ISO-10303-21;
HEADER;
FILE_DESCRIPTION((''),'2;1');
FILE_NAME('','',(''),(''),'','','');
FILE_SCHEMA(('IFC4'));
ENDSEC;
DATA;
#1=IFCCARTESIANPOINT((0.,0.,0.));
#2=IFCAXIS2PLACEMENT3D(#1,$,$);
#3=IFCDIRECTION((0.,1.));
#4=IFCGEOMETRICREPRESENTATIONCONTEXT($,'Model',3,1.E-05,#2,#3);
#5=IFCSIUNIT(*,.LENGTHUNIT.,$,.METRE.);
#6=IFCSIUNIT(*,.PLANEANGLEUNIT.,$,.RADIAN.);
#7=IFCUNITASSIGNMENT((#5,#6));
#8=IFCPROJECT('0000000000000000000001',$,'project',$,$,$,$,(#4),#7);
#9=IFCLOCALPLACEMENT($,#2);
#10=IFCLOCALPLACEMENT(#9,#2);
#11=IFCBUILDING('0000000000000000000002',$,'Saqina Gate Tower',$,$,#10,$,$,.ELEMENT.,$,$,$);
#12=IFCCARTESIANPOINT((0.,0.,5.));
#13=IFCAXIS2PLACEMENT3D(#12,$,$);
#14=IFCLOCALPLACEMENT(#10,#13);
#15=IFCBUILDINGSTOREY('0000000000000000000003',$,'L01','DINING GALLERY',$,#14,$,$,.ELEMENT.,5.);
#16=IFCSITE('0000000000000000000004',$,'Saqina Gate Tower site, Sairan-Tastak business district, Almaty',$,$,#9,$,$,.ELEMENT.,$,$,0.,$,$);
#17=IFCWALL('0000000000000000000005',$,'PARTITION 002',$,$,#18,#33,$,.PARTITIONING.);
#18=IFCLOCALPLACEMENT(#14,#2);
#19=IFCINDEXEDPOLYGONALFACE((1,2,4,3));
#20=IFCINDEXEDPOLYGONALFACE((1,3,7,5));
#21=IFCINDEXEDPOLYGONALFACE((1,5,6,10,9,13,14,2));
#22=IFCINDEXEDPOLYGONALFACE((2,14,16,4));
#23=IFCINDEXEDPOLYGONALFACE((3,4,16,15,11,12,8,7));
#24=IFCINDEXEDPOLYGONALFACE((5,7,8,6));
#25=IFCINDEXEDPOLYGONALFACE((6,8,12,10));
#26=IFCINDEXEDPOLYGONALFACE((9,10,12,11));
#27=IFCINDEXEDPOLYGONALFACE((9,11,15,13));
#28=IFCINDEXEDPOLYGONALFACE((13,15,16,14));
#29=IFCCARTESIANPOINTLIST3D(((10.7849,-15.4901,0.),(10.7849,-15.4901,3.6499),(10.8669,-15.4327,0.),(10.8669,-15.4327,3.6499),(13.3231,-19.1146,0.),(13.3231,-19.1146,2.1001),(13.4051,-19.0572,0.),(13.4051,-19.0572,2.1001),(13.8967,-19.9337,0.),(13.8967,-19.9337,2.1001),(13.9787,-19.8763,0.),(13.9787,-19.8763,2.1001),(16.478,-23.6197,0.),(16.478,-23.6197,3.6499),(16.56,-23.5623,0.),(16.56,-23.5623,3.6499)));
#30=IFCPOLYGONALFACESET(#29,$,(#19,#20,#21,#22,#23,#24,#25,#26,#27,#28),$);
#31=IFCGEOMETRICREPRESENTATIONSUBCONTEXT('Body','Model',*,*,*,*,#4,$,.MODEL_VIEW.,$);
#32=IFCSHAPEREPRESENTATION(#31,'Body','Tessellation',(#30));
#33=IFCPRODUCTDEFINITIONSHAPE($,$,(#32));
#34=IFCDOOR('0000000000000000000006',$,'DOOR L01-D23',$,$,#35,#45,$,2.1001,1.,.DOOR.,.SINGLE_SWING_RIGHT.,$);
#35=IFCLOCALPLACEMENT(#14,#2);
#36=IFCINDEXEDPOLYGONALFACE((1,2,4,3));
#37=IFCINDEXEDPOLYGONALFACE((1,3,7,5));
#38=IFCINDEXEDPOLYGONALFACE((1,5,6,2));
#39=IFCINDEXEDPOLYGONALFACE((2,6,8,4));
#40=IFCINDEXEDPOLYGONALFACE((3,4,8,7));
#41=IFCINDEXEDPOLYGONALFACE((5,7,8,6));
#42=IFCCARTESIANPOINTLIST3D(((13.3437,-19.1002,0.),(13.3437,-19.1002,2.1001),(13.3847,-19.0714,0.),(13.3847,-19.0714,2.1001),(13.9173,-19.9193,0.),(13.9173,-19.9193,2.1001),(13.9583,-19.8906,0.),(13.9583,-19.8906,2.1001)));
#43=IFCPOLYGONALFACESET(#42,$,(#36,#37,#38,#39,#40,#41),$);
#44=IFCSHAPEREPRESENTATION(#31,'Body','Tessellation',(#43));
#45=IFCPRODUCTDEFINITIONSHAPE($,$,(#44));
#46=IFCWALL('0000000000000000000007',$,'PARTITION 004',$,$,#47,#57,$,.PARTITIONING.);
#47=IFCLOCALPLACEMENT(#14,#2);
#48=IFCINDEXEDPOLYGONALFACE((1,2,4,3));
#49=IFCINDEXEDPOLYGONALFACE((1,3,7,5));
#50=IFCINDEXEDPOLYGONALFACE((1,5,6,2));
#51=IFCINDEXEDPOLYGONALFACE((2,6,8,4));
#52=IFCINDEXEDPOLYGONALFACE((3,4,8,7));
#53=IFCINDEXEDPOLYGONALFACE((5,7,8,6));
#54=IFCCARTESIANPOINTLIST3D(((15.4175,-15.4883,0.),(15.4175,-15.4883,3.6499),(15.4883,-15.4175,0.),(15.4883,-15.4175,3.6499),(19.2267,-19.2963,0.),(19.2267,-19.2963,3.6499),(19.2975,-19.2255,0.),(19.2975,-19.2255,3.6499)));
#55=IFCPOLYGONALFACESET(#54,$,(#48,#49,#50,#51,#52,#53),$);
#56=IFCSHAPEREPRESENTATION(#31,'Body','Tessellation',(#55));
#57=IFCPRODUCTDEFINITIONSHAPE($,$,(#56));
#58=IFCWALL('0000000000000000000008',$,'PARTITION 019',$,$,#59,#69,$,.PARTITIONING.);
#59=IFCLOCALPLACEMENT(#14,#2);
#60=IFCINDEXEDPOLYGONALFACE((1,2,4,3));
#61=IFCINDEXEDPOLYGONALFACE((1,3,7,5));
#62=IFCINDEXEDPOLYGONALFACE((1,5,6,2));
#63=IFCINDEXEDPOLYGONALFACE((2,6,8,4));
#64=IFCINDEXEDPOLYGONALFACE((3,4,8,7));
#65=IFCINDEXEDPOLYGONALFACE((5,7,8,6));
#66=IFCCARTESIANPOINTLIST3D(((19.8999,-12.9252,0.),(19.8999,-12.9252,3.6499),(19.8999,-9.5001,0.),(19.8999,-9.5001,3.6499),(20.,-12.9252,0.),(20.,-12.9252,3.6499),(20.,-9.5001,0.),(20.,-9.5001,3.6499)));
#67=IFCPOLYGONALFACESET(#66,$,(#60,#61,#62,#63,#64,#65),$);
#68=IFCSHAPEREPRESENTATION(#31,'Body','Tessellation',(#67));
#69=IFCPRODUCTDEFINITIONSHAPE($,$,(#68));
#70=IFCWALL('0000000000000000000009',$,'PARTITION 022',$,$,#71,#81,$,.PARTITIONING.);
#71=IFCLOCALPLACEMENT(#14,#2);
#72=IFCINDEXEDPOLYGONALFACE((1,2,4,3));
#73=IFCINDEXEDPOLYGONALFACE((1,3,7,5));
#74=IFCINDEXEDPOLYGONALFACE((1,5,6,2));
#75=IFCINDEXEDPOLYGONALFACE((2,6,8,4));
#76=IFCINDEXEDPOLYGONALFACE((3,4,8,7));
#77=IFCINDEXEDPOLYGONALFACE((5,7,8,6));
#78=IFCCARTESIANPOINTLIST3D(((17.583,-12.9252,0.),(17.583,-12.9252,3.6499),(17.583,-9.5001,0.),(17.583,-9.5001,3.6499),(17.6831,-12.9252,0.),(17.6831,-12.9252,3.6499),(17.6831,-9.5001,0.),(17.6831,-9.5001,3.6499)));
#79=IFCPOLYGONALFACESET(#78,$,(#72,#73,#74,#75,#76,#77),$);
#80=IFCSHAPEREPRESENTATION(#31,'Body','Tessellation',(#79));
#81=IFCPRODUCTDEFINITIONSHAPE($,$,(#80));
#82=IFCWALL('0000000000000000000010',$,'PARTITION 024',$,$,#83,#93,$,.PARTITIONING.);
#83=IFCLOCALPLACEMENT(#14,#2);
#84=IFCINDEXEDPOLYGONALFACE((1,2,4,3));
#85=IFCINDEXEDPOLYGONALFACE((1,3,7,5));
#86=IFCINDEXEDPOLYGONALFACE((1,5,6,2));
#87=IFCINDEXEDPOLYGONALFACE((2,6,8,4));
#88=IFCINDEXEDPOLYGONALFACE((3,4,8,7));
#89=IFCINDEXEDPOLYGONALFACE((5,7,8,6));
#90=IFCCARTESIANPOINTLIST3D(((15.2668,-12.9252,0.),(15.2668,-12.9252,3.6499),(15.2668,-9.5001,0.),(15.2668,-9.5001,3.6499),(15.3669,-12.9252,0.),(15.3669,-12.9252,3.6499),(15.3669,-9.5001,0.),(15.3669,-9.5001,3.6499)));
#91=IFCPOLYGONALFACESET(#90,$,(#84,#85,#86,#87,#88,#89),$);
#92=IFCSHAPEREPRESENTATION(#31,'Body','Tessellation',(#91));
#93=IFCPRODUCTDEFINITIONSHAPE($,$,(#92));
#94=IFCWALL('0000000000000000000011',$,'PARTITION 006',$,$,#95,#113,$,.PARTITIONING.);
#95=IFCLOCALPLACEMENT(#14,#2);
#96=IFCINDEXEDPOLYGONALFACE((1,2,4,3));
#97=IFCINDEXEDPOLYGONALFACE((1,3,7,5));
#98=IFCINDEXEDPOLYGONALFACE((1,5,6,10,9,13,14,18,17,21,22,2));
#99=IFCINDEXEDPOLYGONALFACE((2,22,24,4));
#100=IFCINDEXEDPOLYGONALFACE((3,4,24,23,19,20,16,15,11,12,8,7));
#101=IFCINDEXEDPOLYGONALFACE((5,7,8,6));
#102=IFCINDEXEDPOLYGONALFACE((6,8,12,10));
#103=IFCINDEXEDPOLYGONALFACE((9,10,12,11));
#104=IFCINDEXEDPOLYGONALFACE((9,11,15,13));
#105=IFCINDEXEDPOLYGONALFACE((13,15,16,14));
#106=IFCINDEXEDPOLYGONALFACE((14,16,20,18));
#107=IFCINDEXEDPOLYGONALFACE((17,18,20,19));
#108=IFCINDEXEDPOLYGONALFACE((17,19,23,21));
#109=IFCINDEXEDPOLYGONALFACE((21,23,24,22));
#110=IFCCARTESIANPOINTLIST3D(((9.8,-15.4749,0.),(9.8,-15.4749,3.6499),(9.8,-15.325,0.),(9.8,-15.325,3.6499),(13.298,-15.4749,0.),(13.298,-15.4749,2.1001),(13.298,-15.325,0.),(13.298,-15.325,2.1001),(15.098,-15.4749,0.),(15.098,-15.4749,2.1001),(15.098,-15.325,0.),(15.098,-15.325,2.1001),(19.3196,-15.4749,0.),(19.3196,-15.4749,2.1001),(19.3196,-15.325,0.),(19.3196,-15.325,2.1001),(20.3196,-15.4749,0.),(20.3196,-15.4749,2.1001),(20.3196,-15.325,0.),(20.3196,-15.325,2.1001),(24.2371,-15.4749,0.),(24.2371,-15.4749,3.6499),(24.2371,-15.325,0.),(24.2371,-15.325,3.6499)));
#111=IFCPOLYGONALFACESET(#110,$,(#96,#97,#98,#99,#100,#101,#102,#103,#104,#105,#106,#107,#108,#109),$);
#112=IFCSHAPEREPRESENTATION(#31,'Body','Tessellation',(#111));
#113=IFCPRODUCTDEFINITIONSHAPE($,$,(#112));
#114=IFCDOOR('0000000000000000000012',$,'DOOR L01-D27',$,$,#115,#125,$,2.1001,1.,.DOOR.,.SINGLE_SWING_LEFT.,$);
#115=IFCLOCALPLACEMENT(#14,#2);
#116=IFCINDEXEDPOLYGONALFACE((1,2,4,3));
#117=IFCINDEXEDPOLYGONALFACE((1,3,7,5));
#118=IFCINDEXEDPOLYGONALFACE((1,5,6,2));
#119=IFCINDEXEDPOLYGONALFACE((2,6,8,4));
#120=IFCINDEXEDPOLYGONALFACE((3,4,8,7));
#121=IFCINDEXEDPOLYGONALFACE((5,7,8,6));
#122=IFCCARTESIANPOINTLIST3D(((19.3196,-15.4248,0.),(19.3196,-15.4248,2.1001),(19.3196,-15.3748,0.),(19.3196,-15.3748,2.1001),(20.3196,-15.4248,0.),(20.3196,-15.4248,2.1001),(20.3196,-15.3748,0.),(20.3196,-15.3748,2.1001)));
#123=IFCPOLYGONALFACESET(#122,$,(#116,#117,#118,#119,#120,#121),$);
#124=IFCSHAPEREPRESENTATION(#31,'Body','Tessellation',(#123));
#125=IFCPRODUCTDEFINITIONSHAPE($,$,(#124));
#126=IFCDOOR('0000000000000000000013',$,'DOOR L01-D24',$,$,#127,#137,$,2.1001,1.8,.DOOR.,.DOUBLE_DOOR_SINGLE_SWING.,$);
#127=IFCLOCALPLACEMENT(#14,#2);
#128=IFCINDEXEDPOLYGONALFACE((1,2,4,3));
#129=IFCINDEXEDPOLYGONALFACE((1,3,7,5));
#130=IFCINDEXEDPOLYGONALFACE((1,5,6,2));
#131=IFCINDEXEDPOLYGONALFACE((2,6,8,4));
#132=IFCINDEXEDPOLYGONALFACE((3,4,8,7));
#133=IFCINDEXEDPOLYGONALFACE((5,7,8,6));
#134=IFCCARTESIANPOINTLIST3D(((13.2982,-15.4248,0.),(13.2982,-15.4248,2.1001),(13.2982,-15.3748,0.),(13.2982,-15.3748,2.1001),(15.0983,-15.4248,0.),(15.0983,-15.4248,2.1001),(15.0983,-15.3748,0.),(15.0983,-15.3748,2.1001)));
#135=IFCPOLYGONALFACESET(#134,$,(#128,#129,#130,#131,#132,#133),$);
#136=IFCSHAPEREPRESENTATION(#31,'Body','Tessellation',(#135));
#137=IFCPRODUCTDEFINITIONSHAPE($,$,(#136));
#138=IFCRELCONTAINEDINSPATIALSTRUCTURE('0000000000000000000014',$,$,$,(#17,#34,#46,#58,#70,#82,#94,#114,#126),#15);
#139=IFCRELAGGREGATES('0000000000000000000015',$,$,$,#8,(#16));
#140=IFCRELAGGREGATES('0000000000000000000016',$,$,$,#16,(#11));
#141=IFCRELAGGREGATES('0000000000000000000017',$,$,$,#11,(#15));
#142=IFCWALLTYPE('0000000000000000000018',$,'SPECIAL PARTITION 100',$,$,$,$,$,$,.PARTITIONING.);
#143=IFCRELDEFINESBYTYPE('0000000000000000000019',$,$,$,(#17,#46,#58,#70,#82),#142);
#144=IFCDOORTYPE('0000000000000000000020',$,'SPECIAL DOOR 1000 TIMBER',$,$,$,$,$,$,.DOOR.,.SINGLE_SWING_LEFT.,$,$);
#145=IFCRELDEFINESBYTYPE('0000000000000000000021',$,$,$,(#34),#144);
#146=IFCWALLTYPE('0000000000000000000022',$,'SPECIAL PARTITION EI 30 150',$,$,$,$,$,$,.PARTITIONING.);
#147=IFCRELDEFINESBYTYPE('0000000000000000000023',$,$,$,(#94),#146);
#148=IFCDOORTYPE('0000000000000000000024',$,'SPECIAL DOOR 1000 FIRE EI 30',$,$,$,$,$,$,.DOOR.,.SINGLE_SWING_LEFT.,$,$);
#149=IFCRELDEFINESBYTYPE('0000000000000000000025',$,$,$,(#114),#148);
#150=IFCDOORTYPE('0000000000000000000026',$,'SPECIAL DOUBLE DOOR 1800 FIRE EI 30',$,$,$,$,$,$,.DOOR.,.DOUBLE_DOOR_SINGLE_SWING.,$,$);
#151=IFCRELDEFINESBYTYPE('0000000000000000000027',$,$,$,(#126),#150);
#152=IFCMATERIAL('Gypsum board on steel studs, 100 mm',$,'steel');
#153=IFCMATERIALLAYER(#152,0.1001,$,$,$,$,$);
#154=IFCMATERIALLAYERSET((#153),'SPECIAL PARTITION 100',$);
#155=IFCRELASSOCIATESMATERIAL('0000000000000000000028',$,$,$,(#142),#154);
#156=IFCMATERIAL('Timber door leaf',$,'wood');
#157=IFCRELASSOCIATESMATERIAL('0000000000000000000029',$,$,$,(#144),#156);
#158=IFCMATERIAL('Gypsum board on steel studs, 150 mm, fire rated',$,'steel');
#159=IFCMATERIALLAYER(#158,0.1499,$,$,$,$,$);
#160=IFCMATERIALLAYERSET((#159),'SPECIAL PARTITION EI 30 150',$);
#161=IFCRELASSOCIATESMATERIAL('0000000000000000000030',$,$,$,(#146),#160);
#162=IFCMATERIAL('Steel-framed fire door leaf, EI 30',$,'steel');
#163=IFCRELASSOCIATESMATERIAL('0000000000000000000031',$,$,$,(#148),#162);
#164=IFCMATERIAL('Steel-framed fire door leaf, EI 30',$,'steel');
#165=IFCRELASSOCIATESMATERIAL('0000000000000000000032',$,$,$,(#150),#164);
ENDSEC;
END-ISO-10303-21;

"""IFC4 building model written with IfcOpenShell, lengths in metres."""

from ifc_helpers import new_model, si_unit, direction, frame, frame_2d, origin, place, context, subcontext, project, spatial, rectangle, extrude, material, layer, layer_set, type_object, element, fill, save


model = new_model("IFC4")

# Units and contexts
model_context = context("Model", 3, precision=1e-05, world=origin(), true_north=direction((0.0, 1.0)))
body_context = subcontext(model_context, "Body", "Model", "MODEL_VIEW")
ifc_project = project(units=[si_unit("LENGTHUNIT", "METRE"), si_unit("PLANEANGLEUNIT", "RADIAN")], contexts=[model_context])

# Site, building, storey
site_placement = place(None, origin())
site = spatial("IfcSite", under=ifc_project, at=site_placement, Name="Saqina Gate Tower site, Sairan-Tastak business district, Almaty", CompositionType="ELEMENT", RefElevation=0.0)
building_placement = place(site_placement, origin())
building = spatial("IfcBuilding", under=site, at=building_placement, Name="Saqina Gate Tower", CompositionType="ELEMENT")
storey_placement = place(building_placement, frame((0.0, 0.0, 5.0)))
storey = spatial("IfcBuildingStorey", under=building, at=storey_placement, Name="L01", Description="DINING GALLERY", CompositionType="ELEMENT", Elevation=5.0)

# Wall, opening, door
ifc_material_1 = material(Name="Gypsum board on steel studs, 100 mm", Category="steel")
ifc_layer_1 = layer(ifc_material_1, 0.1001)
ifc_layer_set_1 = layer_set([ifc_layer_1], Name="SPECIAL PARTITION 100")
wall_type_1 = type_object("IfcWallType", Name="SPECIAL PARTITION 100", PredefinedType="PARTITIONING", material=ifc_layer_set_1)
wall_1_placement = place(storey_placement, frame((10.8259, -15.4614, 0.0), z_axis=(0.0, 0.0, 1.0), x_axis=(0.573622, -0.81912, 0.0)))
wall_1 = element("IfcWall", 1, at=wall_1_placement, inside=storey, type_object=wall_type_1, Name="PARTITION 002", PredefinedType="PARTITIONING", context=body_context, shape_type="SweptSolid", body=[
    extrude(rectangle(XDim=9.9248, YDim=0.1001, at=frame_2d((4.9624, 0.0))), origin(), (0.0, 0.0, 1.0), 3.6499),
])
opening_1_placement = place(wall_1_placement, frame((4.4248, 0.0, 0.0)))
opening_1 = element("IfcOpeningElement", 2, at=opening_1_placement, cuts=wall_1, PredefinedType="OPENING", context=body_context, shape_type="SweptSolid", body=[
    extrude(rectangle(XDim=1.0, YDim=2.1001, at=frame_2d((0.5, 1.05))), frame((0.0, 0.062, 0.0), z_axis=(0.0, -1.0, 0.0), x_axis=(1.0, 0.0, 0.0)), (0.0, 0.0, 1.0), 0.124),
])
ifc_material_2 = material(Name="Timber door leaf", Category="wood")
door_type_1 = type_object("IfcDoorType", Name="SPECIAL DOOR 1000 TIMBER", OperationType="SINGLE_SWING_LEFT", PredefinedType="DOOR", material=ifc_material_2)
door_1_placement = place(opening_1_placement, frame((1.0, 0.0, 0.0), z_axis=(0.0, 0.0, 1.0), x_axis=(-1.0, 0.0, 0.0)))
door_1 = element("IfcDoor", 3, at=door_1_placement, inside=storey, type_object=door_type_1, Name="DOOR L01-D23", OperationType="SINGLE_SWING_RIGHT", OverallHeight=2.1001, OverallWidth=1.0, PredefinedType="DOOR", context=body_context, shape_type="SweptSolid", body=[
    extrude(rectangle(XDim=1.0, YDim=2.1001, at=frame_2d((0.5, 1.05))), frame((0.0, 0.0249, 0.0), z_axis=(0.0, -1.0, 0.0), x_axis=(1.0, 0.0, 0.0)), (0.0, 0.0, 1.0), 0.05),
])
fill(opening_1, door_1)

# Walls
wall_2_placement = place(storey_placement, frame((15.4529, -15.4529, 0.0), z_axis=(0.0, 0.0, 1.0), x_axis=(0.70722, -0.706993, 0.0)))
element("IfcWall", 4, at=wall_2_placement, inside=storey, type_object=wall_type_1, Name="PARTITION 004", PredefinedType="PARTITIONING", context=body_context, shape_type="SweptSolid", body=[
    extrude(rectangle(XDim=5.3862, YDim=0.1001, at=frame_2d((2.6931, 0.0))), origin(), (0.0, 0.0, 1.0), 3.6499),
])
for number, where, z_axis, x_axis, name in (
    (5, (19.95, -12.925, 0.0), (0.0, 0.0, 1.0), (0.0, 1.0, 0.0), "PARTITION 019"),
    (6, (17.6331, -12.925, 0.0), (0.0, 0.0, 1.0), (0.0, 1.0, 0.0), "PARTITION 022"),
    (7, (15.3169, -12.925, 0.0), (0.0, 0.0, 1.0), (0.0, 1.0, 0.0), "PARTITION 024"),
):
    element("IfcWall", number, at=place(storey_placement, frame(where, z_axis=z_axis, x_axis=x_axis)), inside=storey, type_object=wall_type_1, Name=name, PredefinedType="PARTITIONING", context=body_context, shape_type="SweptSolid", body=[
        extrude(rectangle(XDim=3.425, YDim=0.1001, at=frame_2d((1.7124, 0.0))), origin(), (0.0, 0.0, 1.0), 3.6499),
    ])

# Wall, openings, doors
ifc_material_3 = material(Name="Gypsum board on steel studs, 150 mm, fire rated", Category="steel")
ifc_layer_2 = layer(ifc_material_3, 0.1499)
ifc_layer_set_2 = layer_set([ifc_layer_2], Name="SPECIAL PARTITION EI 30 150")
wall_type_2 = type_object("IfcWallType", Name="SPECIAL PARTITION EI 30 150", PredefinedType="PARTITIONING", material=ifc_layer_set_2)
wall_3_placement = place(storey_placement, frame((9.8, -15.3999, 0.0), z_axis=(0.0, 0.0, 1.0), x_axis=(1.0, 0.0, 0.0)))
wall_3 = element("IfcWall", 8, at=wall_3_placement, inside=storey, type_object=wall_type_2, Name="PARTITION 006", PredefinedType="PARTITIONING", context=body_context, shape_type="SweptSolid", body=[
    extrude(rectangle(XDim=14.437, YDim=0.1499, at=frame_2d((7.2185, 0.0))), origin(), (0.0, 0.0, 1.0), 3.6499),
])
opening_2_placement = place(wall_3_placement, frame((3.498, 0.0, 0.0)))
opening_2 = element("IfcOpeningElement", 9, at=opening_2_placement, cuts=wall_3, PredefinedType="OPENING", context=body_context, shape_type="SweptSolid", body=[
    extrude(rectangle(XDim=1.8, YDim=2.1001, at=frame_2d((0.8999, 1.05))), frame((0.0, 0.0869, 0.0), z_axis=(0.0, -1.0, 0.0), x_axis=(1.0, 0.0, 0.0)), (0.0, 0.0, 1.0), 0.1738),
])
opening_3_placement = place(wall_3_placement, frame((9.5195, 0.0, 0.0)))
opening_3 = element("IfcOpeningElement", 10, at=opening_3_placement, cuts=wall_3, PredefinedType="OPENING", context=body_context, shape_type="SweptSolid", body=[
    extrude(rectangle(XDim=1.0, YDim=2.1001, at=frame_2d((0.5, 1.05))), frame((0.0, 0.0869, 0.0), z_axis=(0.0, -1.0, 0.0), x_axis=(1.0, 0.0, 0.0)), (0.0, 0.0, 1.0), 0.1738),
])
ifc_material_4 = material(Name="Steel-framed fire door leaf, EI 30", Category="steel")
door_type_2 = type_object("IfcDoorType", Name="SPECIAL DOOR 1000 FIRE EI 30", OperationType="SINGLE_SWING_LEFT", PredefinedType="DOOR", material=ifc_material_4)
door_2_placement = place(opening_3_placement, frame((1.0, 0.0, 0.0), z_axis=(0.0, 0.0, 1.0), x_axis=(-1.0, 0.0, 0.0)))
door_2 = element("IfcDoor", 11, at=door_2_placement, inside=storey, type_object=door_type_2, Name="DOOR L01-D27", OperationType="SINGLE_SWING_LEFT", OverallHeight=2.1001, OverallWidth=1.0, PredefinedType="DOOR", context=body_context, shape_type="SweptSolid", body=[
    extrude(rectangle(XDim=1.0, YDim=2.1001, at=frame_2d((0.5, 1.05))), frame((0.0, 0.0249, 0.0), z_axis=(0.0, -1.0, 0.0), x_axis=(1.0, 0.0, 0.0)), (0.0, 0.0, 1.0), 0.05),
])
fill(opening_3, door_2)
ifc_material_5 = material(Name="Steel-framed fire door leaf, EI 30", Category="steel")
door_type_3 = type_object("IfcDoorType", Name="SPECIAL DOUBLE DOOR 1800 FIRE EI 30", OperationType="DOUBLE_DOOR_SINGLE_SWING", PredefinedType="DOOR", material=ifc_material_5)
door_3_placement = place(opening_2_placement, frame((1.8, 0.0, 0.0), z_axis=(0.0, 0.0, 1.0), x_axis=(-1.0, 0.0, 0.0)))
door_3 = element("IfcDoor", 12, at=door_3_placement, inside=storey, type_object=door_type_3, Name="DOOR L01-D24", OperationType="DOUBLE_DOOR_SINGLE_SWING", OverallHeight=2.1001, OverallWidth=1.8, PredefinedType="DOOR", context=body_context, shape_type="SweptSolid", body=[
    extrude(rectangle(XDim=1.8, YDim=2.1001, at=frame_2d((0.8999, 1.05))), frame((0.0, 0.0249, 0.0), z_axis=(0.0, -1.0, 0.0), x_axis=(1.0, 0.0, 0.0)), (0.0, 0.0, 1.0), 0.05),
])
fill(opening_2, door_3)

save(model, "model.ifc")
